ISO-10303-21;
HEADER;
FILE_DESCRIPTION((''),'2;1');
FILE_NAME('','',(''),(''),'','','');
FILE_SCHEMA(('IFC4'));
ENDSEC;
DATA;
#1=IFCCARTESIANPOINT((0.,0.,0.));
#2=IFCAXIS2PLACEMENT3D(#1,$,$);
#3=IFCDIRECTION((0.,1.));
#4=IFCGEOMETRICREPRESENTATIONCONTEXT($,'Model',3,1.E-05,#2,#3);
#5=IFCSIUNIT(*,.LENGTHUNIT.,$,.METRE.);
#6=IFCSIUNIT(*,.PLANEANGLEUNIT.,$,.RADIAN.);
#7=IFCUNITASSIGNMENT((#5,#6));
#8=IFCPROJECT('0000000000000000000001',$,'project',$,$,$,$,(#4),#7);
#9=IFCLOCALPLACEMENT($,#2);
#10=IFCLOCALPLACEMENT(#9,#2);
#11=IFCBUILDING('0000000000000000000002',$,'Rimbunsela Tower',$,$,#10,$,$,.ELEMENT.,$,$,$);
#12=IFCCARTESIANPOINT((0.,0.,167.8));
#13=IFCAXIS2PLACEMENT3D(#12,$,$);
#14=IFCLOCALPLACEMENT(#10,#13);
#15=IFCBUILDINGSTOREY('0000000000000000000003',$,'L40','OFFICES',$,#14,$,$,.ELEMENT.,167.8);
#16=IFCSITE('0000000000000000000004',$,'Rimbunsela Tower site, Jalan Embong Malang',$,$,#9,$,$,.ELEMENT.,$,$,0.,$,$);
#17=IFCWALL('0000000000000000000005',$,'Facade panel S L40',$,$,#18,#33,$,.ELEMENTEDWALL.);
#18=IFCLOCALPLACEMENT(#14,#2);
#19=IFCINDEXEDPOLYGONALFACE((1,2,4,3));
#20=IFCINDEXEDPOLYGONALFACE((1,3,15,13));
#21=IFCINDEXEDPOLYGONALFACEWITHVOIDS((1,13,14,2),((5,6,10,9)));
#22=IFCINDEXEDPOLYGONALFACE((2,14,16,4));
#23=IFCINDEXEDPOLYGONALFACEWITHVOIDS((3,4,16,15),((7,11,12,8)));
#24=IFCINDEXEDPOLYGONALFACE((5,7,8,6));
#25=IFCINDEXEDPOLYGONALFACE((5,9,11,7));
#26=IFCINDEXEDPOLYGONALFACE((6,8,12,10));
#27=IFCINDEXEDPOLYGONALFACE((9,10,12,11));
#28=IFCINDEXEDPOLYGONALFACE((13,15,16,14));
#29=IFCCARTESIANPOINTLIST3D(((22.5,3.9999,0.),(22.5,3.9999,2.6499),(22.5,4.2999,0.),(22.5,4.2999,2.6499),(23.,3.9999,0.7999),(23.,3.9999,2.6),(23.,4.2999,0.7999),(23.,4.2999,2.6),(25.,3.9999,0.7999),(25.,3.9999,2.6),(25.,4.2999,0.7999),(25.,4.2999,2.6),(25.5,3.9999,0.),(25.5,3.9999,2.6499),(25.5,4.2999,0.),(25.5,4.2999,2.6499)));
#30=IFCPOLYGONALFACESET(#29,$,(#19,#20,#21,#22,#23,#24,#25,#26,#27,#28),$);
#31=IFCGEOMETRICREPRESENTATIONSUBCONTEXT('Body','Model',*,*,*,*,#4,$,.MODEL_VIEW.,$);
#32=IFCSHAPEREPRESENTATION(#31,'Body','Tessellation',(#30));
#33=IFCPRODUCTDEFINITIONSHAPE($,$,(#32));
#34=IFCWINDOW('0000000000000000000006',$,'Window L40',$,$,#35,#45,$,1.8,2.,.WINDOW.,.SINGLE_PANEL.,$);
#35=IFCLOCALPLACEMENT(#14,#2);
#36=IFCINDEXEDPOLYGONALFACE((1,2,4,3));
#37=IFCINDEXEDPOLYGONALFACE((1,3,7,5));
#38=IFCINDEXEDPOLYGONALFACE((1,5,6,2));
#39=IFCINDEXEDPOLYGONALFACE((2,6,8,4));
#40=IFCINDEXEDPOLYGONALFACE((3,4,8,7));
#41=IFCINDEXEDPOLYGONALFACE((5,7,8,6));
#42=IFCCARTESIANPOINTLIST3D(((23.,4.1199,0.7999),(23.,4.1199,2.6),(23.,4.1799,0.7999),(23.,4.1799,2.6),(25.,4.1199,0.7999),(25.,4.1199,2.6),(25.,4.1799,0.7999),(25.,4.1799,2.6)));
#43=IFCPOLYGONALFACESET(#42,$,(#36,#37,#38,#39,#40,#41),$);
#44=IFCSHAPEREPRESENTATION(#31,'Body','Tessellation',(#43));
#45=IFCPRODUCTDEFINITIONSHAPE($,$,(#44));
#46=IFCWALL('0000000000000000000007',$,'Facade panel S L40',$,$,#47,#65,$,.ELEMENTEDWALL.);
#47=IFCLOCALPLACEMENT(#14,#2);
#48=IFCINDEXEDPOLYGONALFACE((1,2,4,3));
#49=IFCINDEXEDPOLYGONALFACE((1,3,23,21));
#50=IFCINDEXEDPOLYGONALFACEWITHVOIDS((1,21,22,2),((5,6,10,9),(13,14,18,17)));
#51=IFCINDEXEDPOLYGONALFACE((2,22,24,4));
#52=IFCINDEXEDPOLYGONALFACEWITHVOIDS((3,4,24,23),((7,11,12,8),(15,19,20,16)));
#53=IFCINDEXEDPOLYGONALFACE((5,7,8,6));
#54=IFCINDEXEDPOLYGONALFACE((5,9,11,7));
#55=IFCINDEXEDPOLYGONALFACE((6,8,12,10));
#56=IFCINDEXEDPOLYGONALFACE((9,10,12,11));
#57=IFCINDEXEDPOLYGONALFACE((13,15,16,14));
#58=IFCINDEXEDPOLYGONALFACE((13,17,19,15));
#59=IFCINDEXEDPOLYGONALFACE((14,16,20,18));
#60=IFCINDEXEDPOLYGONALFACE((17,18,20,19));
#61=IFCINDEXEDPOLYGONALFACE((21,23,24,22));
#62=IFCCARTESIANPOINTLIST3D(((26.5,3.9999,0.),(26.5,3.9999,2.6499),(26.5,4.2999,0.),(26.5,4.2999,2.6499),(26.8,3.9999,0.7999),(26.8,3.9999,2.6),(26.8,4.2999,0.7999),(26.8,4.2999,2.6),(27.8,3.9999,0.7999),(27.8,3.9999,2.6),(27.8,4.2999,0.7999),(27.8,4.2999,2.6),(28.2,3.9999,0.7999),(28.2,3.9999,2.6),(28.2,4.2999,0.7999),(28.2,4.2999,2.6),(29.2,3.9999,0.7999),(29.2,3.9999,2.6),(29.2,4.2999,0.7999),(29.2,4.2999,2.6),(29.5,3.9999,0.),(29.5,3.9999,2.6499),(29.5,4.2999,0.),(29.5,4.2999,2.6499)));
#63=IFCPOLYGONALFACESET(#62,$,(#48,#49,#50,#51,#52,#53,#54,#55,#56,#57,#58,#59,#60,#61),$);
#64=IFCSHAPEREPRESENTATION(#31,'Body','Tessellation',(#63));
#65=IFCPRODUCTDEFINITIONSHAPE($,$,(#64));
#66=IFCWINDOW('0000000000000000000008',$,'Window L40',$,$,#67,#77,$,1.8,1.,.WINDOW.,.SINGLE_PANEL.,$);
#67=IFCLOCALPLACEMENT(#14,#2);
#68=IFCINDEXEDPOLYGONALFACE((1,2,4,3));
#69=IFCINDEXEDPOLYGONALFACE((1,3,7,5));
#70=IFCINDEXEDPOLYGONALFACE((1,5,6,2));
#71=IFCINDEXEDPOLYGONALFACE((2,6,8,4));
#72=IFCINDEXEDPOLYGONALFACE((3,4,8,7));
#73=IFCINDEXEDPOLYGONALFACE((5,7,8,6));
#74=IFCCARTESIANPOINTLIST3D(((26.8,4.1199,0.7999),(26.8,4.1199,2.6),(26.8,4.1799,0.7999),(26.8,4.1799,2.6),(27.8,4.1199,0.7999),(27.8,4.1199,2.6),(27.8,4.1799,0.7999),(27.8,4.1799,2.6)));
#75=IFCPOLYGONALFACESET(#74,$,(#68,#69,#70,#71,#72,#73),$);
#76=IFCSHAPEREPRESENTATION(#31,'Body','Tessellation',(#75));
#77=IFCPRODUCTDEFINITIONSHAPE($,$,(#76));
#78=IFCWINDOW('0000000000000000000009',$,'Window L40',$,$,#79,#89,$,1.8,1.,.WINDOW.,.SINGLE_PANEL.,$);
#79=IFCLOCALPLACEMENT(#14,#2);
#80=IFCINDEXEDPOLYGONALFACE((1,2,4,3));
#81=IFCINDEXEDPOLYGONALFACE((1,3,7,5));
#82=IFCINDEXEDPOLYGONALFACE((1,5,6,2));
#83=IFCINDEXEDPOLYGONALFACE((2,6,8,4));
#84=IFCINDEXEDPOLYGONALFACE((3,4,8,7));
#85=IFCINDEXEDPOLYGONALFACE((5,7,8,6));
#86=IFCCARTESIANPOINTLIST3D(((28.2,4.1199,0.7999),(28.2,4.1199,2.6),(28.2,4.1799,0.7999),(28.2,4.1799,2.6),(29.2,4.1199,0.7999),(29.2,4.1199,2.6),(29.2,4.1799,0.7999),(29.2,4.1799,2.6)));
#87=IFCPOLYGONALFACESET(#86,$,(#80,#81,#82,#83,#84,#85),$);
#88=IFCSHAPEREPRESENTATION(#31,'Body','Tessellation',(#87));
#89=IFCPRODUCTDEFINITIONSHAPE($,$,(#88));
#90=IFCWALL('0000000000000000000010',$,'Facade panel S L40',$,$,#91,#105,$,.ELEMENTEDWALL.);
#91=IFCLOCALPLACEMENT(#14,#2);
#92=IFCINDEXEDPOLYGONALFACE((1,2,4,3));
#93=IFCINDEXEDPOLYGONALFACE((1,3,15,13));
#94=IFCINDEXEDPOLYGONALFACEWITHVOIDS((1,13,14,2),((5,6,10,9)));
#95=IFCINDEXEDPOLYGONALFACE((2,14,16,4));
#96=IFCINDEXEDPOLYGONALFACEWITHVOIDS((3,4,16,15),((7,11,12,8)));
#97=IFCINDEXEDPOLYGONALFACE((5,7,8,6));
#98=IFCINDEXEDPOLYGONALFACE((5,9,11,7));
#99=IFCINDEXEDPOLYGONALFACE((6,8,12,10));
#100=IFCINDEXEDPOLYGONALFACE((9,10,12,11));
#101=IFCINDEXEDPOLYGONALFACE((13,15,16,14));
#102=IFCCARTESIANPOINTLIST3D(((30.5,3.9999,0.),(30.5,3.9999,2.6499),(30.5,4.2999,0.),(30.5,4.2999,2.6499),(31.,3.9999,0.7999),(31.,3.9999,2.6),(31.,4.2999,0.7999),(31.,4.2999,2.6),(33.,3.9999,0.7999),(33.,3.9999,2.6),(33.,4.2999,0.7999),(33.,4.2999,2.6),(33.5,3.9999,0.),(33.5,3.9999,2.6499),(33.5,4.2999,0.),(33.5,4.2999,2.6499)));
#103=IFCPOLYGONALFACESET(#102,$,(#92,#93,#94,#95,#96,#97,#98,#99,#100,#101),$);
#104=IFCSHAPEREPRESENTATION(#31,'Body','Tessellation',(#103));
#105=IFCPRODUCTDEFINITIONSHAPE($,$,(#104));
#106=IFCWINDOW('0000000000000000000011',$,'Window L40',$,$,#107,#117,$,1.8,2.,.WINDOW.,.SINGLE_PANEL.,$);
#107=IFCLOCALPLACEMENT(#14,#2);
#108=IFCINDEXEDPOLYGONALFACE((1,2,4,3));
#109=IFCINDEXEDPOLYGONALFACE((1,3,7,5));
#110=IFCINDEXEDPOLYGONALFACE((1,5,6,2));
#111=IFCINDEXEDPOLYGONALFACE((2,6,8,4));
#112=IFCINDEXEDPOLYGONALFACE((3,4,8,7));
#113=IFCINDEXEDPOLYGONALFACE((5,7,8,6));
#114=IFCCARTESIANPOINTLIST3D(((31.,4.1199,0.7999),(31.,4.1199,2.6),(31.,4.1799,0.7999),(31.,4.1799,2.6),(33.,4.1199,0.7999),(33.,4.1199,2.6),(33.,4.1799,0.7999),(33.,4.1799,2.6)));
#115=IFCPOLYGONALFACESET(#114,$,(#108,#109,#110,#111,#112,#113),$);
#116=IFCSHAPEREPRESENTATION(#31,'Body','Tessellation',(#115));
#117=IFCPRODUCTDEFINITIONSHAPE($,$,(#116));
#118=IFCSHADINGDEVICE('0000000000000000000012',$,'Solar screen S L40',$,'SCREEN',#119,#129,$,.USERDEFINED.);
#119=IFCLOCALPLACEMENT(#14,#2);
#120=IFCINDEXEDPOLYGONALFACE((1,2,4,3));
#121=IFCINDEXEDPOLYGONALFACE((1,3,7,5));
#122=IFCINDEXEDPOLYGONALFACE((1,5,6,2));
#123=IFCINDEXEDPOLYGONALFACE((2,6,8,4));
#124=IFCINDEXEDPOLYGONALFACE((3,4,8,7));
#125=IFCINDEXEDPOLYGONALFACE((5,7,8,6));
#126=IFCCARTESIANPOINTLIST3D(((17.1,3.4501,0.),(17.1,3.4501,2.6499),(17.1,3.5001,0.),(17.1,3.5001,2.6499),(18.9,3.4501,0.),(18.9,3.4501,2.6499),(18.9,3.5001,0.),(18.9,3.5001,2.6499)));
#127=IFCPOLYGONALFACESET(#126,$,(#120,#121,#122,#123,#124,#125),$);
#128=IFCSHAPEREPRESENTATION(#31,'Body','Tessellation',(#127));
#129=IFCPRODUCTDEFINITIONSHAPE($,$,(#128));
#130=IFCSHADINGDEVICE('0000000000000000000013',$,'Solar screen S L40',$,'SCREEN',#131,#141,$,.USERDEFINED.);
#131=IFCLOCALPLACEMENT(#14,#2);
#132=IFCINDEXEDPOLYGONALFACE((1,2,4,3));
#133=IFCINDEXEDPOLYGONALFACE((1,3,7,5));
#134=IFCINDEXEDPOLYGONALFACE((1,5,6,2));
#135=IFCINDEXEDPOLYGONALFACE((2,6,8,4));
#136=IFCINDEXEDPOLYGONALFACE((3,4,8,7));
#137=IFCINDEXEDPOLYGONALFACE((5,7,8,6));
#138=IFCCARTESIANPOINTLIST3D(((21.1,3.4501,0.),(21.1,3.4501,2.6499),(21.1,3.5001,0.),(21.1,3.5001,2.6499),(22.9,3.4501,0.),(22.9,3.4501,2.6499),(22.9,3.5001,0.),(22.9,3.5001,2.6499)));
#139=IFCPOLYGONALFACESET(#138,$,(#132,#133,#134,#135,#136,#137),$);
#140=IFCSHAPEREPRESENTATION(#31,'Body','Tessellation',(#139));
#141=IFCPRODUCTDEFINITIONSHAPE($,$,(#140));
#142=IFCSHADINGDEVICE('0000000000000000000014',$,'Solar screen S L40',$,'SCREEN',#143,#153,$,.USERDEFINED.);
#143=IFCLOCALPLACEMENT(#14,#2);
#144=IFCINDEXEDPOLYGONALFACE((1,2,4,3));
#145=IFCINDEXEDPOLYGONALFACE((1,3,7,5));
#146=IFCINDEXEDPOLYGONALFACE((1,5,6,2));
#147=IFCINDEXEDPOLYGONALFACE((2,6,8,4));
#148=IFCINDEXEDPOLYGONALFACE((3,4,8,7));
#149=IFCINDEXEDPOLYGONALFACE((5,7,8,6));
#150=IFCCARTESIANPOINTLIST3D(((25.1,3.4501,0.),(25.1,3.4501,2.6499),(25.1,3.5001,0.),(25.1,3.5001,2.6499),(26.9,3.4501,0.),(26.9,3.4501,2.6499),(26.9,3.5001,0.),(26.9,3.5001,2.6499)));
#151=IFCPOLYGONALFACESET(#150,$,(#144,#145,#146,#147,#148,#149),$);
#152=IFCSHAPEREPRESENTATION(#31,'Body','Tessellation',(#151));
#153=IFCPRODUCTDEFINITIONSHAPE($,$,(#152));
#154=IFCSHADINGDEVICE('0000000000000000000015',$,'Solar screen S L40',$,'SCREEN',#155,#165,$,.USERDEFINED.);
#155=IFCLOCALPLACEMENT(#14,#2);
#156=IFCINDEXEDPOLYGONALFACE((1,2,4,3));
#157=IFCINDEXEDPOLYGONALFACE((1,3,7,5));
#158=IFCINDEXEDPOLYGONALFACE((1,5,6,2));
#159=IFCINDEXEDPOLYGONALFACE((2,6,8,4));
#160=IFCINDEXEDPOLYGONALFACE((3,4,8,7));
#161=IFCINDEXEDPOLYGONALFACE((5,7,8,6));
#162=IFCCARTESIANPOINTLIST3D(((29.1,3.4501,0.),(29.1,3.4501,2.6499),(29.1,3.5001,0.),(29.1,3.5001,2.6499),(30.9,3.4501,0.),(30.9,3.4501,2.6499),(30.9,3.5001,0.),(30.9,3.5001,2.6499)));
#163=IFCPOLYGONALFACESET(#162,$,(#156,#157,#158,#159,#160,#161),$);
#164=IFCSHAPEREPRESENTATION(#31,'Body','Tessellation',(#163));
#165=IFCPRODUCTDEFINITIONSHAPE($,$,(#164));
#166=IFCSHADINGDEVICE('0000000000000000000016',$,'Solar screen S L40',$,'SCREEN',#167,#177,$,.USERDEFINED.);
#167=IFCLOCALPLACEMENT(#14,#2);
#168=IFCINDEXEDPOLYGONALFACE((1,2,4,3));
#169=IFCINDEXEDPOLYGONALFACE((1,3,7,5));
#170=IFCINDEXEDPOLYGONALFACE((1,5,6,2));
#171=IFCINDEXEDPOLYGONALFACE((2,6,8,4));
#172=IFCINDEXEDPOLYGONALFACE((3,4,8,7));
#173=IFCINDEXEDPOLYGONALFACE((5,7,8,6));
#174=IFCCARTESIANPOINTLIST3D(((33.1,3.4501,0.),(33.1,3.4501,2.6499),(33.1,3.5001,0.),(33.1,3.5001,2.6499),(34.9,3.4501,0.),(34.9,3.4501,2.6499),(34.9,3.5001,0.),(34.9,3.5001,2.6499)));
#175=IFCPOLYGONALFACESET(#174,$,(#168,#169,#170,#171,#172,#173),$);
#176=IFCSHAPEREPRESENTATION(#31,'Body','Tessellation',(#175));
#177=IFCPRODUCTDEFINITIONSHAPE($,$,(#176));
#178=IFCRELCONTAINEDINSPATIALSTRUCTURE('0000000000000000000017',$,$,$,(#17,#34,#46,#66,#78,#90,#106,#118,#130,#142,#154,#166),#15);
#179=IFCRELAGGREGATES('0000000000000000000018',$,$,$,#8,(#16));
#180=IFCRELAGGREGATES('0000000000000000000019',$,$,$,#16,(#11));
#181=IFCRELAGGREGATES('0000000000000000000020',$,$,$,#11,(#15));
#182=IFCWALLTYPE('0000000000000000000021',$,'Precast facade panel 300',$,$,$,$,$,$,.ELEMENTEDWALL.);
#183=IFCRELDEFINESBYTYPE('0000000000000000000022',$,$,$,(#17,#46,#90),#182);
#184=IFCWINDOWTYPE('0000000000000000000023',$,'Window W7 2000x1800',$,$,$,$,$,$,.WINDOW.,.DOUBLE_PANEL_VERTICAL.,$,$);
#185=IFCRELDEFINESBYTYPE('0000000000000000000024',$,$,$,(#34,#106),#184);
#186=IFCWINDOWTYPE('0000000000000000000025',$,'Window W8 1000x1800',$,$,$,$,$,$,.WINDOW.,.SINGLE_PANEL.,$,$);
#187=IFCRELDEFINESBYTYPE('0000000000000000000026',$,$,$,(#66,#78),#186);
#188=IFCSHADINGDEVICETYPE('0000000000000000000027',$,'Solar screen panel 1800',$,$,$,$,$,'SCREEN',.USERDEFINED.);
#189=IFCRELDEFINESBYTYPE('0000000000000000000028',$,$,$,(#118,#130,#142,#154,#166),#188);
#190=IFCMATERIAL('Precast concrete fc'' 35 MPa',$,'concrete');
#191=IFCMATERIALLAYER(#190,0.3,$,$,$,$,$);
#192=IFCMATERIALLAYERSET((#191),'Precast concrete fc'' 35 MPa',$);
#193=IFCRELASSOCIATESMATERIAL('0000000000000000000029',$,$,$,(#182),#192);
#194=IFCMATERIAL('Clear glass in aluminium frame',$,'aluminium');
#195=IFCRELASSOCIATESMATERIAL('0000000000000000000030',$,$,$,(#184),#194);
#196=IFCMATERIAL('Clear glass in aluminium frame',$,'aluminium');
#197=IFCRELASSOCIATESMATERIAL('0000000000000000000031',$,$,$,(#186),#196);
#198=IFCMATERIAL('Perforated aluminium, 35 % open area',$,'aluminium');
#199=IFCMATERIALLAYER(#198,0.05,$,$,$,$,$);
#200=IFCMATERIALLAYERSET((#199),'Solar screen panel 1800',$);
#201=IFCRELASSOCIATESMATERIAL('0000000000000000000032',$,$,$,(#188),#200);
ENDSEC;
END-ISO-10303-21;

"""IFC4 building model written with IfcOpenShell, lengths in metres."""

from ifc_helpers import new_model, si_unit, direction, frame, frame_2d, origin, origin_2d, place, context, subcontext, project, spatial, rectangle, extrude, material, layer, layer_set, type_object, element, fill, save


model = new_model("IFC4")

# Units and contexts
model_context = context("Model", 3, precision=1e-05, world=origin(), true_north=direction((0.0, 1.0)))
body_context = subcontext(model_context, "Body", "Model", "MODEL_VIEW")
ifc_project = project(units=[si_unit("LENGTHUNIT", "METRE"), si_unit("PLANEANGLEUNIT", "RADIAN")], contexts=[model_context])

# Site, building, storey
site_placement = place(None, origin())
site = spatial("IfcSite", under=ifc_project, at=site_placement, Name="Rimbunsela Tower site, Jalan Embong Malang", CompositionType="ELEMENT", RefElevation=0.0)
building_placement = place(site_placement, origin())
building = spatial("IfcBuilding", under=site, at=building_placement, Name="Rimbunsela Tower", CompositionType="ELEMENT")
storey_placement = place(building_placement, frame((0.0, 0.0, 167.8)))
storey = spatial("IfcBuildingStorey", under=building, at=storey_placement, Name="L40", Description="OFFICES", CompositionType="ELEMENT", Elevation=167.8)

# Wall, opening, window
ifc_material_1 = material(Name="Precast concrete fc' 35 MPa", Category="concrete")
ifc_layer_1 = layer(ifc_material_1, 0.3)
ifc_layer_set_1 = layer_set([ifc_layer_1], Name="Precast concrete fc' 35 MPa")
wall_type = type_object("IfcWallType", Name="Precast facade panel 300", PredefinedType="ELEMENTEDWALL", material=ifc_layer_set_1)
ifc_material_2 = material(Name="Clear glass in aluminium frame", Category="aluminium")
window_type_1 = type_object("IfcWindowType", Name="Window W7 2000x1800", PartitioningType="DOUBLE_PANEL_VERTICAL", PredefinedType="WINDOW", material=ifc_material_2)
wall_1_placement = place(storey_placement, frame((22.5, 4.1499, 0.0), z_axis=(0.0, 0.0, 1.0), x_axis=(1.0, 0.0, 0.0)))
wall_1 = element("IfcWall", 1, at=wall_1_placement, inside=storey, type_object=wall_type, Name="Facade panel S L40", PredefinedType="ELEMENTEDWALL", context=body_context, shape_type="SweptSolid", body=[
    extrude(rectangle(XDim=3.0, YDim=0.3, at=frame_2d((1.5, 0.0))), origin(), (0.0, 0.0, 1.0), 2.6499),
])
opening_1_placement = place(wall_1_placement, frame((0.5, 0.0, 0.8)))
opening_1 = element("IfcOpeningElement", 2, at=opening_1_placement, cuts=wall_1, PredefinedType="OPENING", context=body_context, shape_type="SweptSolid", body=[
    extrude(rectangle(XDim=2.0, YDim=1.8, at=frame_2d((1.0, 0.8999))), frame((0.0, 0.1599, 0.0), z_axis=(0.0, -1.0, 0.0), x_axis=(1.0, 0.0, 0.0)), (0.0, 0.0, 1.0), 0.3201),
])
window_1_placement = place(opening_1_placement, origin())
window_1 = element("IfcWindow", 3, at=window_1_placement, inside=storey, type_object=window_type_1, Name="Window L40", OverallHeight=1.8, OverallWidth=2.0, PartitioningType="SINGLE_PANEL", PredefinedType="WINDOW", context=body_context, shape_type="SweptSolid", body=[
    extrude(rectangle(XDim=2.0, YDim=1.8, at=frame_2d((1.0, 0.8999))), frame((0.0, 0.03, 0.0), z_axis=(0.0, -1.0, 0.0), x_axis=(1.0, 0.0, 0.0)), (0.0, 0.0, 1.0), 0.0601),
])
fill(opening_1, window_1)

# Wall, openings, windows
wall_2_placement = place(storey_placement, frame((26.5, 4.1499, 0.0), z_axis=(0.0, 0.0, 1.0), x_axis=(1.0, 0.0, 0.0)))
wall_2 = element("IfcWall", 4, at=wall_2_placement, inside=storey, type_object=wall_type, Name="Facade panel S L40", PredefinedType="ELEMENTEDWALL", context=body_context, shape_type="SweptSolid", body=[
    extrude(rectangle(XDim=3.0, YDim=0.3, at=frame_2d((1.5, 0.0))), origin(), (0.0, 0.0, 1.0), 2.6499),
])
opening_2_placement = place(wall_2_placement, frame((0.3, 0.0, 0.8)))
opening_2 = element("IfcOpeningElement", 5, at=opening_2_placement, cuts=wall_2, PredefinedType="OPENING", context=body_context, shape_type="SweptSolid", body=[
    extrude(rectangle(XDim=1.0, YDim=1.8, at=frame_2d((0.5, 0.8999))), frame((0.0, 0.1599, 0.0), z_axis=(0.0, -1.0, 0.0), x_axis=(1.0, 0.0, 0.0)), (0.0, 0.0, 1.0), 0.3201),
])
opening_3_placement = place(wall_2_placement, frame((1.7, 0.0, 0.8)))
opening_3 = element("IfcOpeningElement", 6, at=opening_3_placement, cuts=wall_2, PredefinedType="OPENING", context=body_context, shape_type="SweptSolid", body=[
    extrude(rectangle(XDim=1.0, YDim=1.8, at=frame_2d((0.5, 0.8999))), frame((0.0, 0.1599, 0.0), z_axis=(0.0, -1.0, 0.0), x_axis=(1.0, 0.0, 0.0)), (0.0, 0.0, 1.0), 0.3201),
])
ifc_material_3 = material(Name="Clear glass in aluminium frame", Category="aluminium")
window_type_2 = type_object("IfcWindowType", Name="Window W8 1000x1800", PartitioningType="SINGLE_PANEL", PredefinedType="WINDOW", material=ifc_material_3)
window_2_placement = place(opening_2_placement, origin())
window_2 = element("IfcWindow", 7, at=window_2_placement, inside=storey, type_object=window_type_2, Name="Window L40", OverallHeight=1.8, OverallWidth=1.0, PartitioningType="SINGLE_PANEL", PredefinedType="WINDOW", context=body_context, shape_type="SweptSolid", body=[
    extrude(rectangle(XDim=1.0, YDim=1.8, at=frame_2d((0.5, 0.8999))), frame((0.0, 0.03, 0.0), z_axis=(0.0, -1.0, 0.0), x_axis=(1.0, 0.0, 0.0)), (0.0, 0.0, 1.0), 0.0601),
])
fill(opening_2, window_2)
window_3_placement = place(opening_3_placement, origin())
window_3 = element("IfcWindow", 8, at=window_3_placement, inside=storey, type_object=window_type_2, Name="Window L40", OverallHeight=1.8, OverallWidth=1.0, PartitioningType="SINGLE_PANEL", PredefinedType="WINDOW", context=body_context, shape_type="SweptSolid", body=[
    extrude(rectangle(XDim=1.0, YDim=1.8, at=frame_2d((0.5, 0.8999))), frame((0.0, 0.03, 0.0), z_axis=(0.0, -1.0, 0.0), x_axis=(1.0, 0.0, 0.0)), (0.0, 0.0, 1.0), 0.0601),
])
fill(opening_3, window_3)

# Wall, opening, window
wall_3_placement = place(storey_placement, frame((30.5, 4.1499, 0.0), z_axis=(0.0, 0.0, 1.0), x_axis=(1.0, 0.0, 0.0)))
wall_3 = element("IfcWall", 9, at=wall_3_placement, inside=storey, type_object=wall_type, Name="Facade panel S L40", PredefinedType="ELEMENTEDWALL", context=body_context, shape_type="SweptSolid", body=[
    extrude(rectangle(XDim=3.0, YDim=0.3, at=frame_2d((1.5, 0.0))), origin(), (0.0, 0.0, 1.0), 2.6499),
])
opening_4_placement = place(wall_3_placement, frame((0.5, 0.0, 0.8)))
opening_4 = element("IfcOpeningElement", 10, at=opening_4_placement, cuts=wall_3, PredefinedType="OPENING", context=body_context, shape_type="SweptSolid", body=[
    extrude(rectangle(XDim=2.0, YDim=1.8, at=frame_2d((1.0, 0.8999))), frame((0.0, 0.1599, 0.0), z_axis=(0.0, -1.0, 0.0), x_axis=(1.0, 0.0, 0.0)), (0.0, 0.0, 1.0), 0.3201),
])
window_4_placement = place(opening_4_placement, origin())
window_4 = element("IfcWindow", 11, at=window_4_placement, inside=storey, type_object=window_type_1, Name="Window L40", OverallHeight=1.8, OverallWidth=2.0, PartitioningType="SINGLE_PANEL", PredefinedType="WINDOW", context=body_context, shape_type="SweptSolid", body=[
    extrude(rectangle(XDim=2.0, YDim=1.8, at=frame_2d((1.0, 0.8999))), frame((0.0, 0.03, 0.0), z_axis=(0.0, -1.0, 0.0), x_axis=(1.0, 0.0, 0.0)), (0.0, 0.0, 1.0), 0.0601),
])
fill(opening_4, window_4)

# Shading devices
ifc_material_4 = material(Name="Perforated aluminium, 35 % open area", Category="aluminium")
ifc_layer_2 = layer(ifc_material_4, 0.05)
ifc_layer_set_2 = layer_set([ifc_layer_2], Name="Solar screen panel 1800")
shading_device_type = type_object("IfcShadingDeviceType", Name="Solar screen panel 1800", ElementType="SCREEN", PredefinedType="USERDEFINED", material=ifc_layer_set_2)
for number, where, z_axis, x_axis, name in (
    (12, (18.0, 3.4751, 0.0), (0.0, 0.0, 1.0), (1.0, 0.0, 0.0), "Solar screen S L40"),
    (13, (22.0, 3.4751, 0.0), (0.0, 0.0, 1.0), (1.0, 0.0, 0.0), "Solar screen S L40"),
    (14, (26.0, 3.4751, 0.0), (0.0, 0.0, 1.0), (1.0, 0.0, 0.0), "Solar screen S L40"),
    (15, (30.0, 3.4751, 0.0), (0.0, 0.0, 1.0), (1.0, 0.0, 0.0), "Solar screen S L40"),
    (16, (34.0, 3.4751, 0.0), (0.0, 0.0, 1.0), (1.0, 0.0, 0.0), "Solar screen S L40"),
):
    element("IfcShadingDevice", number, at=place(storey_placement, frame(where, z_axis=z_axis, x_axis=x_axis)), inside=storey, type_object=shading_device_type, Name=name, ObjectType="SCREEN", PredefinedType="USERDEFINED", context=body_context, shape_type="SweptSolid", body=[
        extrude(rectangle(XDim=1.8, YDim=0.05, at=origin_2d()), origin(), (0.0, 0.0, 1.0), 2.6499),
    ])

save(model, "model.ifc")
